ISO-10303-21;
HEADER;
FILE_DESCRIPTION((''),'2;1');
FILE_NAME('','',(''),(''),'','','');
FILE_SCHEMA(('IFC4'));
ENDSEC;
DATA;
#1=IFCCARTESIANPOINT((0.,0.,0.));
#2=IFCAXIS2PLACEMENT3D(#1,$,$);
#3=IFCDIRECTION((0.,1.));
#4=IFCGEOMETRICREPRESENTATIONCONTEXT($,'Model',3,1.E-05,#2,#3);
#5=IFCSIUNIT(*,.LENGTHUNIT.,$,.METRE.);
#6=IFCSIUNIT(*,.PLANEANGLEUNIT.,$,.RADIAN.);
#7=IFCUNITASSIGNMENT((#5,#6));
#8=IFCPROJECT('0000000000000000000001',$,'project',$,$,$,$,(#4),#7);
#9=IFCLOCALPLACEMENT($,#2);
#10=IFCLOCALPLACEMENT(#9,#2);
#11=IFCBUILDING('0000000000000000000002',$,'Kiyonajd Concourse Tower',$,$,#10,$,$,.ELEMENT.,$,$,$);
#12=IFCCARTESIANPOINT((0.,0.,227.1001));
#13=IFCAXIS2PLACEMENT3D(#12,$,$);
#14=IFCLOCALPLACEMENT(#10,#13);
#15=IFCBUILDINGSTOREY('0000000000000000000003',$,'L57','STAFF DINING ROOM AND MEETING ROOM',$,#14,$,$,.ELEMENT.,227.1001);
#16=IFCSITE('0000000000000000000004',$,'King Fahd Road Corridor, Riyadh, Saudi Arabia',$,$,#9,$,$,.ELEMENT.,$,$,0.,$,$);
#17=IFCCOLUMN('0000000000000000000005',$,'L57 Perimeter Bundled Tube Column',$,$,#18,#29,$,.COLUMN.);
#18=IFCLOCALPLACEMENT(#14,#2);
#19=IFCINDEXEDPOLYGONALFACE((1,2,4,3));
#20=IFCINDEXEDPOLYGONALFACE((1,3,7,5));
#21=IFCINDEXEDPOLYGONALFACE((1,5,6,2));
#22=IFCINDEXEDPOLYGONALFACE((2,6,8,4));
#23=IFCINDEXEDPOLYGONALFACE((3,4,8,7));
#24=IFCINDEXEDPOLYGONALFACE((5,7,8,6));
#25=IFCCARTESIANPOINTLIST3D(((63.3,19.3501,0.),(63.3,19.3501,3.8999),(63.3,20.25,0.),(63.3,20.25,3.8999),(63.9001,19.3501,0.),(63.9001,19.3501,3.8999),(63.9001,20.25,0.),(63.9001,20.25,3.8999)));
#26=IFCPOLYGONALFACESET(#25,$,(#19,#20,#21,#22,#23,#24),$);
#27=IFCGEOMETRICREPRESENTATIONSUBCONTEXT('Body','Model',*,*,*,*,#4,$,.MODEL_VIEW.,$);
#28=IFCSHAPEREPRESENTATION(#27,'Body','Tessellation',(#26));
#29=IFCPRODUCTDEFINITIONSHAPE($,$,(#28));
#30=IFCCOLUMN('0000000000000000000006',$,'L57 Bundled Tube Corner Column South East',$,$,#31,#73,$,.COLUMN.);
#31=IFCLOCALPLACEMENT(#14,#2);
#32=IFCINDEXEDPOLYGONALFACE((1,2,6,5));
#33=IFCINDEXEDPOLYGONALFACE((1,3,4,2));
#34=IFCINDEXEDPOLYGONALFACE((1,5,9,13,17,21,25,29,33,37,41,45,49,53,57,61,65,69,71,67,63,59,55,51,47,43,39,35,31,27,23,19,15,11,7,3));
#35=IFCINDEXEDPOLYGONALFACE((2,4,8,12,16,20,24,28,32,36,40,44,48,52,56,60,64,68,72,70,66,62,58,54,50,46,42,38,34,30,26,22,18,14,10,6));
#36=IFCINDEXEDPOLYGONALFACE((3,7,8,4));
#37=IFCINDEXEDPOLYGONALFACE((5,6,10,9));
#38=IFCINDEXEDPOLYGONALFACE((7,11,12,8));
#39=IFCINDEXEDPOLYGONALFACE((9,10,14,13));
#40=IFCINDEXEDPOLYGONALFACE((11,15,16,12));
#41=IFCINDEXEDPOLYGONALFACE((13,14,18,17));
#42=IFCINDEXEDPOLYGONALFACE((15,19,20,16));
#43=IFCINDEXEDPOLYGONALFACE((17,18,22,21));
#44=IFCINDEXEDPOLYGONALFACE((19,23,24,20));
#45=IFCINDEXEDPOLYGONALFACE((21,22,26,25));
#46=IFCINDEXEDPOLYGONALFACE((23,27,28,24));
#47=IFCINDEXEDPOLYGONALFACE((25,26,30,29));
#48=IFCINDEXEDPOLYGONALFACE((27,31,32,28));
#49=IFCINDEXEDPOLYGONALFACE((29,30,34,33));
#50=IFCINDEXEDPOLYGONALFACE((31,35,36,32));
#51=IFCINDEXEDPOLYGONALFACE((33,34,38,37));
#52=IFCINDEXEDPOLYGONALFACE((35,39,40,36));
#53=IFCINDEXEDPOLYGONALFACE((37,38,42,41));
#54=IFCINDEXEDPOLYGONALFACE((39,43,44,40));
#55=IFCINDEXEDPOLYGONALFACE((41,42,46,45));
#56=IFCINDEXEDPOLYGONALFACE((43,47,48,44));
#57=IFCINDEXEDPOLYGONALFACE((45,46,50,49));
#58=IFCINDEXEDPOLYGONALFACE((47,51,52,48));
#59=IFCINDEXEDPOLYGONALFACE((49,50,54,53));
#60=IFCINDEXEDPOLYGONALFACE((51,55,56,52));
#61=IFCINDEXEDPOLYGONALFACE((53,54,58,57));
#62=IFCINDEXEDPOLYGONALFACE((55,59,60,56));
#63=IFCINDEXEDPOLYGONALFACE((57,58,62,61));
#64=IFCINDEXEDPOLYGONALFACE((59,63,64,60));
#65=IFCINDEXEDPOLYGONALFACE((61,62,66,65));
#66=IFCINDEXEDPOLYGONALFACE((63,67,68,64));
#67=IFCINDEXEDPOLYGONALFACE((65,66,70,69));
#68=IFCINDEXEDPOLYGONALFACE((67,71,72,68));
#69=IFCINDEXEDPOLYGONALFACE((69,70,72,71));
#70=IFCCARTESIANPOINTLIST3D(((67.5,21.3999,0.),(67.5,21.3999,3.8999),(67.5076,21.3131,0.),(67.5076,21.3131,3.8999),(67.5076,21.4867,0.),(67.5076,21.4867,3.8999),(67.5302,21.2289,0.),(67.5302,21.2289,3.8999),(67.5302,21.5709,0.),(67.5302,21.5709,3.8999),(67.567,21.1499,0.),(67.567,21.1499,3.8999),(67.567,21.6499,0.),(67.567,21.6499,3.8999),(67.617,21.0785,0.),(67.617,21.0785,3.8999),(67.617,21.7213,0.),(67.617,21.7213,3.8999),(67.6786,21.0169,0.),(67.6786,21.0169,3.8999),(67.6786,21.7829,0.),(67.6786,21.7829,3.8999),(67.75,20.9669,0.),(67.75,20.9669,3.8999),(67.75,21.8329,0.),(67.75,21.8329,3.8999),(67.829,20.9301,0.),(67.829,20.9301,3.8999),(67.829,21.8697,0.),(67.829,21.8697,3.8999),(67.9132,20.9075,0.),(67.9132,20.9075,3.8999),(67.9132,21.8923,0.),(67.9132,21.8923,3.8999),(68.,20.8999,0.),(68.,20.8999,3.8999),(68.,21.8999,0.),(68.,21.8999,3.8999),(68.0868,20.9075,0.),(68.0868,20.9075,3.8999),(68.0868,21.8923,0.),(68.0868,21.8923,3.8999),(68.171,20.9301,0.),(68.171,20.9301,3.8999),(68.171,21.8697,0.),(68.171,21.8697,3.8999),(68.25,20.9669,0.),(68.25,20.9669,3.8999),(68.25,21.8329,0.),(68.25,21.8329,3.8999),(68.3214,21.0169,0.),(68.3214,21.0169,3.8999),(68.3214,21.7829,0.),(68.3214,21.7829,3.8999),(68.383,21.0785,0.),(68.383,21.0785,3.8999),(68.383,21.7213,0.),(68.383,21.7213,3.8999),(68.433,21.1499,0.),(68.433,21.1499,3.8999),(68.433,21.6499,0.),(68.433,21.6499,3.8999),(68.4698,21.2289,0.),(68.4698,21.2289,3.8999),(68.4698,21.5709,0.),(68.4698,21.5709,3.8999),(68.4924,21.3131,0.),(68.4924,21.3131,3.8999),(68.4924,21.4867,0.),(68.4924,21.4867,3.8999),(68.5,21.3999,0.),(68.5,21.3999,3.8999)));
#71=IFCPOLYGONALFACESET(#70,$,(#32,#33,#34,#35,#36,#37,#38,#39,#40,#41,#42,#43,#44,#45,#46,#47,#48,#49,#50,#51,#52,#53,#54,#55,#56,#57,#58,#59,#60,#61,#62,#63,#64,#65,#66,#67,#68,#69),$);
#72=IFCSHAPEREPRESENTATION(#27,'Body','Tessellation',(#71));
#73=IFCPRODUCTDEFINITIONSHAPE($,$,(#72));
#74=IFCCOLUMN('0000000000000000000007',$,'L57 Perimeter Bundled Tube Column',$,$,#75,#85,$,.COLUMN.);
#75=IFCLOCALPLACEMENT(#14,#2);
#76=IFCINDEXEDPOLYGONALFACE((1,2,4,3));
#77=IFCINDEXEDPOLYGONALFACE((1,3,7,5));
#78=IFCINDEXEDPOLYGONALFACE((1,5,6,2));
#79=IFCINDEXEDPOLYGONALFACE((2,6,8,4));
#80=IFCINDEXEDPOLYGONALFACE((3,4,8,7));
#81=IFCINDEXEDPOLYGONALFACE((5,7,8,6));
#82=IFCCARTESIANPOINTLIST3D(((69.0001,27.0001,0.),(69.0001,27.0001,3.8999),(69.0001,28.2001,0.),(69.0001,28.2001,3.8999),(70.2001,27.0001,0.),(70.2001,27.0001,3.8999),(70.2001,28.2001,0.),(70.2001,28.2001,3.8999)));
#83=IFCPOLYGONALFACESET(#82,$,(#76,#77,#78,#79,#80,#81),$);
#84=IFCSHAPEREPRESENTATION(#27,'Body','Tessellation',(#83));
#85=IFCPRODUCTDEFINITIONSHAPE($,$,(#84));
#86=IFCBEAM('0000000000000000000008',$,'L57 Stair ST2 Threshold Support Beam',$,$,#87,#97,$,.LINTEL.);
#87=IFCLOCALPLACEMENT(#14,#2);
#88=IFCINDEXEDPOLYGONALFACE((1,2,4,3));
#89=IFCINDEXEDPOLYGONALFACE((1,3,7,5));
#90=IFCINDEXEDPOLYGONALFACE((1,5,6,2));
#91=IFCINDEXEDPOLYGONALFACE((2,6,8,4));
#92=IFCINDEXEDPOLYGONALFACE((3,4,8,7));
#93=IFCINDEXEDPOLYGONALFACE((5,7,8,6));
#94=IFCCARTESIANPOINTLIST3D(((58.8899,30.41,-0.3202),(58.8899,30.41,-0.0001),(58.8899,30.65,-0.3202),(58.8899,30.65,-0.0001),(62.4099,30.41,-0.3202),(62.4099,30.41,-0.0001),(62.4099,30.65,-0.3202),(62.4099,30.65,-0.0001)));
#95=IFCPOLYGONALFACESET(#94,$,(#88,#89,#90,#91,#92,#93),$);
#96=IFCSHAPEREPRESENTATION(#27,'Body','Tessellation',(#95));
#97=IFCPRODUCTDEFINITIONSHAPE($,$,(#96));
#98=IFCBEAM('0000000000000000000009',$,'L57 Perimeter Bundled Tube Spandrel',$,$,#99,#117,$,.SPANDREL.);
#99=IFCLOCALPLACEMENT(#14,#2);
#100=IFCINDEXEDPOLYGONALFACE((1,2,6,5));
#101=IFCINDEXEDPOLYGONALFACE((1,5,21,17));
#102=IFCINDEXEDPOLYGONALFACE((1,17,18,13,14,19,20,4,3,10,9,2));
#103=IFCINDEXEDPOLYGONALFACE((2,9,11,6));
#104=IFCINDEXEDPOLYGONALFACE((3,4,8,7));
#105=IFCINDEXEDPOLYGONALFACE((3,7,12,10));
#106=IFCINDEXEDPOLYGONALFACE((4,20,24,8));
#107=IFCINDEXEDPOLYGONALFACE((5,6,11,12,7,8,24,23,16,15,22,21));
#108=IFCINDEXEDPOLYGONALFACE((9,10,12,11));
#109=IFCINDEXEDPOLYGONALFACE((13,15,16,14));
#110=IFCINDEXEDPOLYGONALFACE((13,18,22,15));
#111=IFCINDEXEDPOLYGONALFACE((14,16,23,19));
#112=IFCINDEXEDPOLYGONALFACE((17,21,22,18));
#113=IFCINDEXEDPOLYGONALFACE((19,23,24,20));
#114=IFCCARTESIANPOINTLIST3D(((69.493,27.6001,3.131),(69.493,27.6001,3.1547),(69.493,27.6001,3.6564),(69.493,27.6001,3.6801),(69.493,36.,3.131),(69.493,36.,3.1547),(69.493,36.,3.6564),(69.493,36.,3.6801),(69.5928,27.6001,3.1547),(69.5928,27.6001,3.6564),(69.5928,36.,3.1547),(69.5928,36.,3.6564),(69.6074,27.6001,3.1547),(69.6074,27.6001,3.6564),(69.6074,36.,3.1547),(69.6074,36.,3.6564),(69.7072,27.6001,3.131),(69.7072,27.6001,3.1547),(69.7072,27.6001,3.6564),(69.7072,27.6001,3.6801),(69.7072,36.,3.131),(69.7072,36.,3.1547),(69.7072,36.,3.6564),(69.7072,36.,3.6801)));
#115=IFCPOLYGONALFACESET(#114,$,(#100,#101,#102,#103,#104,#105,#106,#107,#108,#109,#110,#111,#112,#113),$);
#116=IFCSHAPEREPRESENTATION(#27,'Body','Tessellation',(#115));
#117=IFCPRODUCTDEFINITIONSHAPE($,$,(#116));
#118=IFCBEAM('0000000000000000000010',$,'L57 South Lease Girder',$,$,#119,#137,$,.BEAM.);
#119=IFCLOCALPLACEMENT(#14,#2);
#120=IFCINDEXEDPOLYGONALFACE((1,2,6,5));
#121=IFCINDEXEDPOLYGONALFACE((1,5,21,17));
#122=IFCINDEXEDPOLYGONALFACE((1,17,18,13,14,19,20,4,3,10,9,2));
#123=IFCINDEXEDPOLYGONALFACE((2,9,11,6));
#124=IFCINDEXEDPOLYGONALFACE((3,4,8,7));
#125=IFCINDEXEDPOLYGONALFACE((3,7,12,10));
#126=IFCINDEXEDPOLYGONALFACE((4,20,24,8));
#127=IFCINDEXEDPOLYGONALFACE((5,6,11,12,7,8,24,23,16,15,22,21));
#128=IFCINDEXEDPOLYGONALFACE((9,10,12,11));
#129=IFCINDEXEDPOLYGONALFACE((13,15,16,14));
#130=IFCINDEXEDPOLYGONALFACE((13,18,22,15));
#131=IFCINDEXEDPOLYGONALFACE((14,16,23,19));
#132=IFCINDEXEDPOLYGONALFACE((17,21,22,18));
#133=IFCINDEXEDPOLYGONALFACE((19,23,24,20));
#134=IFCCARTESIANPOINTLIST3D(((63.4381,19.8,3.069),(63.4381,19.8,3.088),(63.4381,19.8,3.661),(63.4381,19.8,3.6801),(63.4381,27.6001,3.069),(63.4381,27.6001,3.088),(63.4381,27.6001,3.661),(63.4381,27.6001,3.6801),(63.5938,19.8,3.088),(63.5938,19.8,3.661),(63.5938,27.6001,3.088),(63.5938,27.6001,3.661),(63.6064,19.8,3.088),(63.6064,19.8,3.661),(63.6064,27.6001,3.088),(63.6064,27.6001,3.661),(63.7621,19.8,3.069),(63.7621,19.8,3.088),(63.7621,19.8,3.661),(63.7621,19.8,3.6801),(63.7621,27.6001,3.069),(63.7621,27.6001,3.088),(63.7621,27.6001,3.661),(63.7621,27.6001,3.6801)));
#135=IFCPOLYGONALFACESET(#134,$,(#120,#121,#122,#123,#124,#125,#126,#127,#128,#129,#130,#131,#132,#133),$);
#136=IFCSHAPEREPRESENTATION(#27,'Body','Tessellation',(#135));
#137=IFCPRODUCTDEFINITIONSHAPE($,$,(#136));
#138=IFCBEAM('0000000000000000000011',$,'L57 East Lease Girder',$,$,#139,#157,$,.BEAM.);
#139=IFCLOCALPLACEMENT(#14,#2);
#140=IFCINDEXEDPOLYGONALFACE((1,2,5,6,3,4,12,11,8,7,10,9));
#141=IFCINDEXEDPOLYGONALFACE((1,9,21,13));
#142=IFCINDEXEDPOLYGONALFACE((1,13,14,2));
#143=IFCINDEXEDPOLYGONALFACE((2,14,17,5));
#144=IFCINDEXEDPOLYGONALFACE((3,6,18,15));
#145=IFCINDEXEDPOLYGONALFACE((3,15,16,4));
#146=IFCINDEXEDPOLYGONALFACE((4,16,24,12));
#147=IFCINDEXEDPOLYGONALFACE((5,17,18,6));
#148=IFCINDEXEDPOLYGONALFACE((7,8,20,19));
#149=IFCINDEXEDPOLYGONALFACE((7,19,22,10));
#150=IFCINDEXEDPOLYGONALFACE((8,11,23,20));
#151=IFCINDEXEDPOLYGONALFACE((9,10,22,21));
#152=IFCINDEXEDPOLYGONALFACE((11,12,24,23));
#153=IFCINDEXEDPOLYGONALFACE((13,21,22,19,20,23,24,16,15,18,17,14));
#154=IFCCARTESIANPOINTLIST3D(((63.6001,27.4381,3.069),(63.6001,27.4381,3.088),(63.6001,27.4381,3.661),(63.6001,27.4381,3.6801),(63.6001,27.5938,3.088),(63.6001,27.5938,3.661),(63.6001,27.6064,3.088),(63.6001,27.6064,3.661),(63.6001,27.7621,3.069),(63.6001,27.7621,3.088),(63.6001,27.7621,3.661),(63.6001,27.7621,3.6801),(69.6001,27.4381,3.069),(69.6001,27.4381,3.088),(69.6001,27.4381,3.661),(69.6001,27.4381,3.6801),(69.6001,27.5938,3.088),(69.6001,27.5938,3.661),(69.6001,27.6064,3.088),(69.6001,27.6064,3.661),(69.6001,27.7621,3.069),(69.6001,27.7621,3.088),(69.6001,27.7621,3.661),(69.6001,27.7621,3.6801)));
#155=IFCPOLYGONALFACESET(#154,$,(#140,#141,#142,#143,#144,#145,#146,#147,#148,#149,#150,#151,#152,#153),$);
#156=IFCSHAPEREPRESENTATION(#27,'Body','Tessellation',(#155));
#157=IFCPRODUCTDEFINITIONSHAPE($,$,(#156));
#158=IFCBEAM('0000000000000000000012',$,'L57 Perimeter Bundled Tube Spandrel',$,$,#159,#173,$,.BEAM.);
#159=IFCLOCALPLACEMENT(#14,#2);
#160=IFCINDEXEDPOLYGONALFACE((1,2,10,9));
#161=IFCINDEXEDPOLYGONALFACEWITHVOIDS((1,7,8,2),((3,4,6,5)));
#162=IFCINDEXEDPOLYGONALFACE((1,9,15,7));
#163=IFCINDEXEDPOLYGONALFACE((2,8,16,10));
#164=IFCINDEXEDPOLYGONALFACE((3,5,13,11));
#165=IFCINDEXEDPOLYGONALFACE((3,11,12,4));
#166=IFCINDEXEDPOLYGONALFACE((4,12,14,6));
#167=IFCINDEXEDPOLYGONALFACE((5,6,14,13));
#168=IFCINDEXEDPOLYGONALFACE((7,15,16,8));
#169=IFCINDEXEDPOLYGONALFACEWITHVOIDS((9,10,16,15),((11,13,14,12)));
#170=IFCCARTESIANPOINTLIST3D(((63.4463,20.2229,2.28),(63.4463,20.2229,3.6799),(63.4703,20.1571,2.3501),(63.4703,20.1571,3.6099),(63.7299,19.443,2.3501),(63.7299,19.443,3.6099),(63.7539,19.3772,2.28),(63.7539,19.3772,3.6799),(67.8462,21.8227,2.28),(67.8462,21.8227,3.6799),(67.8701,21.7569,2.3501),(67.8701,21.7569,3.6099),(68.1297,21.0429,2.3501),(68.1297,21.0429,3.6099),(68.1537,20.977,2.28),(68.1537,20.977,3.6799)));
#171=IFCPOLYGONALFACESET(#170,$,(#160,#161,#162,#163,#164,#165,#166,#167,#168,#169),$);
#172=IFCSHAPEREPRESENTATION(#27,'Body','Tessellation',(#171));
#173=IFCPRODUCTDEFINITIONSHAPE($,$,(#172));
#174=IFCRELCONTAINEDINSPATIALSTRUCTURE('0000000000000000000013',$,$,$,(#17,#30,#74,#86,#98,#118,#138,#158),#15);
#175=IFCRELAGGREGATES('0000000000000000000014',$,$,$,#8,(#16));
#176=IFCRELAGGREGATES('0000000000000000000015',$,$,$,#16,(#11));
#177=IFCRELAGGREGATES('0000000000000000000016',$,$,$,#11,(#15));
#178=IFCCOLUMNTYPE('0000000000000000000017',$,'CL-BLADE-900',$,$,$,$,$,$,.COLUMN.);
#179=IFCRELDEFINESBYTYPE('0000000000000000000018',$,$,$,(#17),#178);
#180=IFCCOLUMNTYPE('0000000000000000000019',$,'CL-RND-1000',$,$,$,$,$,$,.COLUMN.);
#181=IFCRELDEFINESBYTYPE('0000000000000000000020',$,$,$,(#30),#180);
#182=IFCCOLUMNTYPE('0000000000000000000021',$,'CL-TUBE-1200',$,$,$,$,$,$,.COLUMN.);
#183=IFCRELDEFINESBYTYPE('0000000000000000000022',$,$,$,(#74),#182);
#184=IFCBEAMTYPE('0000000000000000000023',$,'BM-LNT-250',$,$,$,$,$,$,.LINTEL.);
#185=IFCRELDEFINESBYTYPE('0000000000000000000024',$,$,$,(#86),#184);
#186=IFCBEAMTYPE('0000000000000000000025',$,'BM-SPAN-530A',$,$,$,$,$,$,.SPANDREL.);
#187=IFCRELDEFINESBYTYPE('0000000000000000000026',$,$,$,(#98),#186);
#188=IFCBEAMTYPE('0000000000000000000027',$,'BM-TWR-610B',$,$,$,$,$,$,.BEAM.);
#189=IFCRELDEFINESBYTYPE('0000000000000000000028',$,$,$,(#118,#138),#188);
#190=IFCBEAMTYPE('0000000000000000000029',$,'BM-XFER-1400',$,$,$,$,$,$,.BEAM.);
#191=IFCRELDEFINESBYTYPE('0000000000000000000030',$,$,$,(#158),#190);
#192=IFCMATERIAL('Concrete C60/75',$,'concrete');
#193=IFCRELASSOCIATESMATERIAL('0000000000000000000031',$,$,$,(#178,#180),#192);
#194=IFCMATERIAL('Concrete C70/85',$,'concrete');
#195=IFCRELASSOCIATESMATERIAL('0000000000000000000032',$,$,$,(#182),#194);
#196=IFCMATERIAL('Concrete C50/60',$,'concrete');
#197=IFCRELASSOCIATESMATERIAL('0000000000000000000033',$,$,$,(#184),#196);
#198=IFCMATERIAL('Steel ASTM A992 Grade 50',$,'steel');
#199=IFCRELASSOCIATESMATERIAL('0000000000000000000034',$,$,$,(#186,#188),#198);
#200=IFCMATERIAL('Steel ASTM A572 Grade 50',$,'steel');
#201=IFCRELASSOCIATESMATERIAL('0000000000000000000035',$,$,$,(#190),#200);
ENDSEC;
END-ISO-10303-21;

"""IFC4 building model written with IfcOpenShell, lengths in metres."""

from ifc_helpers import new_model, si_unit, direction, frame, origin, origin_2d, place, context, subcontext, project, spatial, rectangle, hollow_rectangle, circle, i_section, extrude, material, material_profile, profile_set, type_object, element, save


model = new_model("IFC4")

# Units and contexts
model_context = context("Model", 3, precision=1e-05, world=origin(), true_north=direction((0.0, 1.0)))
body_context = subcontext(model_context, "Body", "Model", "MODEL_VIEW")
ifc_project = project(units=[si_unit("LENGTHUNIT", "METRE"), si_unit("PLANEANGLEUNIT", "RADIAN")], contexts=[model_context])

# Site, building, storey
site_placement = place(None, origin())
site = spatial("IfcSite", under=ifc_project, at=site_placement, Name="King Fahd Road Corridor, Riyadh, Saudi Arabia", CompositionType="ELEMENT", RefElevation=0.0)
building_placement = place(site_placement, origin())
building = spatial("IfcBuilding", under=site, at=building_placement, Name="Kiyonajd Concourse Tower", CompositionType="ELEMENT")
storey_placement = place(building_placement, frame((0.0, 0.0, 227.1001)))
storey = spatial("IfcBuildingStorey", under=building, at=storey_placement, Name="L57", Description="STAFF DINING ROOM AND MEETING ROOM", CompositionType="ELEMENT", Elevation=227.1001)

# Columns
ifc_material_1 = material(Name="Concrete C60/75", Category="concrete")
ifc_material_profile_1 = material_profile(ifc_material_1, rectangle(XDim=0.6001, YDim=0.8999, at=origin_2d()), Name="RC-900x600")
ifc_profile_set_1 = profile_set([ifc_material_profile_1], Name="Concrete C60/75")
column_type_1 = type_object("IfcColumnType", Name="CL-BLADE-900", PredefinedType="COLUMN", material=ifc_profile_set_1)
column_1_placement = place(storey_placement, frame((63.6001, 19.8, 0.0), z_axis=(0.0, 0.0, 1.0), x_axis=(1.0, 0.0, 0.0)))
element("IfcColumn", 1, at=column_1_placement, inside=storey, type_object=column_type_1, Name="L57 Perimeter Bundled Tube Column", PredefinedType="COLUMN", context=body_context, shape_type="SweptSolid", body=[
    extrude(rectangle(XDim=0.6001, YDim=0.8999, at=origin_2d()), origin(), (0.0, 0.0, 1.0), 3.8999),
])
ifc_material_profile_2 = material_profile(ifc_material_1, circle(Radius=0.5, at=origin_2d()), Name="RCC-D1000")
ifc_profile_set_2 = profile_set([ifc_material_profile_2], Name="Concrete C60/75")
column_type_2 = type_object("IfcColumnType", Name="CL-RND-1000", PredefinedType="COLUMN", material=ifc_profile_set_2)
column_2_placement = place(storey_placement, frame((68.0, 21.3999, 0.0), z_axis=(0.0, 0.0, 1.0), x_axis=(1.0, 0.0, 0.0)))
element("IfcColumn", 2, at=column_2_placement, inside=storey, type_object=column_type_2, Name="L57 Bundled Tube Corner Column South East", PredefinedType="COLUMN", context=body_context, shape_type="SweptSolid", body=[
    extrude(circle(Radius=0.5, at=origin_2d()), origin(), (0.0, 0.0, 1.0), 3.8999),
])
ifc_material_2 = material(Name="Concrete C70/85", Category="concrete")
ifc_material_profile_3 = material_profile(ifc_material_2, rectangle(XDim=1.2, YDim=1.2, at=origin_2d()), Name="RC-1200x1200")
ifc_profile_set_3 = profile_set([ifc_material_profile_3], Name="Concrete C70/85")
column_type_3 = type_object("IfcColumnType", Name="CL-TUBE-1200", PredefinedType="COLUMN", material=ifc_profile_set_3)
column_3_placement = place(storey_placement, frame((69.6001, 27.6001, 0.0), z_axis=(0.0, 0.0, 1.0), x_axis=(1.0, 0.0, 0.0)))
element("IfcColumn", 3, at=column_3_placement, inside=storey, type_object=column_type_3, Name="L57 Perimeter Bundled Tube Column", PredefinedType="COLUMN", context=body_context, shape_type="SweptSolid", body=[
    extrude(rectangle(XDim=1.2, YDim=1.2, at=origin_2d()), origin(), (0.0, 0.0, 1.0), 3.8999),
])

# Beams
ifc_material_3 = material(Name="Concrete C50/60", Category="concrete")
ifc_material_profile_4 = material_profile(ifc_material_3, rectangle(XDim=0.24, YDim=0.3201, at=origin_2d()), Name="RCBM-240x320")
ifc_profile_set_4 = profile_set([ifc_material_profile_4], Name="Concrete C50/60")
beam_type_1 = type_object("IfcBeamType", Name="BM-LNT-250", PredefinedType="LINTEL", material=ifc_profile_set_4)
beam_1_placement = place(storey_placement, frame((58.8899, 30.53, -0.1602), z_axis=(1.0, 0.0, 0.0), x_axis=(0.0, 1.0, 0.0)))
element("IfcBeam", 4, at=beam_1_placement, inside=storey, type_object=beam_type_1, Name="L57 Stair ST2 Threshold Support Beam", PredefinedType="LINTEL", context=body_context, shape_type="SweptSolid", body=[
    extrude(rectangle(XDim=0.24, YDim=0.3201, at=origin_2d()), origin(), (0.0, 0.0, 1.0), 3.52),
])
ifc_material_4 = material(Name="Steel ASTM A992 Grade 50", Category="steel")
ifc_material_profile_5 = material_profile(ifc_material_4, i_section(OverallWidth=0.2141, OverallDepth=0.5491, WebThickness=0.0146, FlangeThickness=0.0237, at=origin_2d()), Name="W530X138")
ifc_profile_set_5 = profile_set([ifc_material_profile_5], Name="Steel ASTM A992 Grade 50")
beam_type_2 = type_object("IfcBeamType", Name="BM-SPAN-530A", PredefinedType="SPANDREL", material=ifc_profile_set_5)
beam_2_placement = place(storey_placement, frame((69.6001, 27.6001, 3.4055), z_axis=(0.0, 1.0, 0.0), x_axis=(-1.0, 0.0, 0.0)))
element("IfcBeam", 5, at=beam_2_placement, inside=storey, type_object=beam_type_2, Name="L57 Perimeter Bundled Tube Spandrel", PredefinedType="SPANDREL", context=body_context, shape_type="SweptSolid", body=[
    extrude(i_section(OverallWidth=0.2141, OverallDepth=0.5491, WebThickness=0.0146, FlangeThickness=0.0237, at=origin_2d()), origin(), (0.0, 0.0, 1.0), 8.3999),
])
ifc_material_profile_6 = material_profile(ifc_material_4, i_section(OverallWidth=0.324, OverallDepth=0.6111, WebThickness=0.0127, FlangeThickness=0.019, at=origin_2d()), Name="W610X155")
ifc_profile_set_6 = profile_set([ifc_material_profile_6], Name="Steel ASTM A992 Grade 50")
beam_type_3 = type_object("IfcBeamType", Name="BM-TWR-610B", PredefinedType="BEAM", material=ifc_profile_set_6)
beam_3_placement = place(storey_placement, frame((63.6001, 19.8, 3.3745), z_axis=(0.0, 1.0, 0.0), x_axis=(-1.0, 0.0, 0.0)))
element("IfcBeam", 6, at=beam_3_placement, inside=storey, type_object=beam_type_3, Name="L57 South Lease Girder", PredefinedType="BEAM", context=body_context, shape_type="SweptSolid", body=[
    extrude(i_section(OverallWidth=0.324, OverallDepth=0.6111, WebThickness=0.0127, FlangeThickness=0.019, at=origin_2d()), origin(), (0.0, 0.0, 1.0), 7.8),
])
beam_4_placement = place(storey_placement, frame((63.6001, 27.6001, 3.3745), z_axis=(1.0, 0.0, 0.0), x_axis=(0.0, 1.0, 0.0)))
element("IfcBeam", 7, at=beam_4_placement, inside=storey, type_object=beam_type_3, Name="L57 East Lease Girder", PredefinedType="BEAM", context=body_context, shape_type="SweptSolid", body=[
    extrude(i_section(OverallWidth=0.324, OverallDepth=0.6111, WebThickness=0.0127, FlangeThickness=0.019, at=origin_2d()), origin(), (0.0, 0.0, 1.0), 6.0),
])
ifc_material_5 = material(Name="Steel ASTM A572 Grade 50", Category="steel")
ifc_material_profile_7 = material_profile(ifc_material_5, hollow_rectangle(XDim=0.8999, YDim=1.3999, WallThickness=0.0701, at=origin_2d()), Name="BOX-1400x900x70")
ifc_profile_set_7 = profile_set([ifc_material_profile_7], Name="Steel ASTM A572 Grade 50")
beam_type_4 = type_object("IfcBeamType", Name="BM-XFER-1400", PredefinedType="BEAM", material=ifc_profile_set_7)
beam_5_placement = place(storey_placement, frame((63.6001, 19.8, 2.98), z_axis=(0.939801, 0.341722, 0.0), x_axis=(-0.341722, 0.939801, 0.0)))
element("IfcBeam", 8, at=beam_5_placement, inside=storey, type_object=beam_type_4, Name="L57 Perimeter Bundled Tube Spandrel", PredefinedType="BEAM", context=body_context, shape_type="SweptSolid", body=[
    extrude(hollow_rectangle(XDim=0.8999, YDim=1.3999, WallThickness=0.0701, at=origin_2d()), origin(), (0.0, 0.0, 1.0), 4.6816),
])

save(model, "model.ifc")
